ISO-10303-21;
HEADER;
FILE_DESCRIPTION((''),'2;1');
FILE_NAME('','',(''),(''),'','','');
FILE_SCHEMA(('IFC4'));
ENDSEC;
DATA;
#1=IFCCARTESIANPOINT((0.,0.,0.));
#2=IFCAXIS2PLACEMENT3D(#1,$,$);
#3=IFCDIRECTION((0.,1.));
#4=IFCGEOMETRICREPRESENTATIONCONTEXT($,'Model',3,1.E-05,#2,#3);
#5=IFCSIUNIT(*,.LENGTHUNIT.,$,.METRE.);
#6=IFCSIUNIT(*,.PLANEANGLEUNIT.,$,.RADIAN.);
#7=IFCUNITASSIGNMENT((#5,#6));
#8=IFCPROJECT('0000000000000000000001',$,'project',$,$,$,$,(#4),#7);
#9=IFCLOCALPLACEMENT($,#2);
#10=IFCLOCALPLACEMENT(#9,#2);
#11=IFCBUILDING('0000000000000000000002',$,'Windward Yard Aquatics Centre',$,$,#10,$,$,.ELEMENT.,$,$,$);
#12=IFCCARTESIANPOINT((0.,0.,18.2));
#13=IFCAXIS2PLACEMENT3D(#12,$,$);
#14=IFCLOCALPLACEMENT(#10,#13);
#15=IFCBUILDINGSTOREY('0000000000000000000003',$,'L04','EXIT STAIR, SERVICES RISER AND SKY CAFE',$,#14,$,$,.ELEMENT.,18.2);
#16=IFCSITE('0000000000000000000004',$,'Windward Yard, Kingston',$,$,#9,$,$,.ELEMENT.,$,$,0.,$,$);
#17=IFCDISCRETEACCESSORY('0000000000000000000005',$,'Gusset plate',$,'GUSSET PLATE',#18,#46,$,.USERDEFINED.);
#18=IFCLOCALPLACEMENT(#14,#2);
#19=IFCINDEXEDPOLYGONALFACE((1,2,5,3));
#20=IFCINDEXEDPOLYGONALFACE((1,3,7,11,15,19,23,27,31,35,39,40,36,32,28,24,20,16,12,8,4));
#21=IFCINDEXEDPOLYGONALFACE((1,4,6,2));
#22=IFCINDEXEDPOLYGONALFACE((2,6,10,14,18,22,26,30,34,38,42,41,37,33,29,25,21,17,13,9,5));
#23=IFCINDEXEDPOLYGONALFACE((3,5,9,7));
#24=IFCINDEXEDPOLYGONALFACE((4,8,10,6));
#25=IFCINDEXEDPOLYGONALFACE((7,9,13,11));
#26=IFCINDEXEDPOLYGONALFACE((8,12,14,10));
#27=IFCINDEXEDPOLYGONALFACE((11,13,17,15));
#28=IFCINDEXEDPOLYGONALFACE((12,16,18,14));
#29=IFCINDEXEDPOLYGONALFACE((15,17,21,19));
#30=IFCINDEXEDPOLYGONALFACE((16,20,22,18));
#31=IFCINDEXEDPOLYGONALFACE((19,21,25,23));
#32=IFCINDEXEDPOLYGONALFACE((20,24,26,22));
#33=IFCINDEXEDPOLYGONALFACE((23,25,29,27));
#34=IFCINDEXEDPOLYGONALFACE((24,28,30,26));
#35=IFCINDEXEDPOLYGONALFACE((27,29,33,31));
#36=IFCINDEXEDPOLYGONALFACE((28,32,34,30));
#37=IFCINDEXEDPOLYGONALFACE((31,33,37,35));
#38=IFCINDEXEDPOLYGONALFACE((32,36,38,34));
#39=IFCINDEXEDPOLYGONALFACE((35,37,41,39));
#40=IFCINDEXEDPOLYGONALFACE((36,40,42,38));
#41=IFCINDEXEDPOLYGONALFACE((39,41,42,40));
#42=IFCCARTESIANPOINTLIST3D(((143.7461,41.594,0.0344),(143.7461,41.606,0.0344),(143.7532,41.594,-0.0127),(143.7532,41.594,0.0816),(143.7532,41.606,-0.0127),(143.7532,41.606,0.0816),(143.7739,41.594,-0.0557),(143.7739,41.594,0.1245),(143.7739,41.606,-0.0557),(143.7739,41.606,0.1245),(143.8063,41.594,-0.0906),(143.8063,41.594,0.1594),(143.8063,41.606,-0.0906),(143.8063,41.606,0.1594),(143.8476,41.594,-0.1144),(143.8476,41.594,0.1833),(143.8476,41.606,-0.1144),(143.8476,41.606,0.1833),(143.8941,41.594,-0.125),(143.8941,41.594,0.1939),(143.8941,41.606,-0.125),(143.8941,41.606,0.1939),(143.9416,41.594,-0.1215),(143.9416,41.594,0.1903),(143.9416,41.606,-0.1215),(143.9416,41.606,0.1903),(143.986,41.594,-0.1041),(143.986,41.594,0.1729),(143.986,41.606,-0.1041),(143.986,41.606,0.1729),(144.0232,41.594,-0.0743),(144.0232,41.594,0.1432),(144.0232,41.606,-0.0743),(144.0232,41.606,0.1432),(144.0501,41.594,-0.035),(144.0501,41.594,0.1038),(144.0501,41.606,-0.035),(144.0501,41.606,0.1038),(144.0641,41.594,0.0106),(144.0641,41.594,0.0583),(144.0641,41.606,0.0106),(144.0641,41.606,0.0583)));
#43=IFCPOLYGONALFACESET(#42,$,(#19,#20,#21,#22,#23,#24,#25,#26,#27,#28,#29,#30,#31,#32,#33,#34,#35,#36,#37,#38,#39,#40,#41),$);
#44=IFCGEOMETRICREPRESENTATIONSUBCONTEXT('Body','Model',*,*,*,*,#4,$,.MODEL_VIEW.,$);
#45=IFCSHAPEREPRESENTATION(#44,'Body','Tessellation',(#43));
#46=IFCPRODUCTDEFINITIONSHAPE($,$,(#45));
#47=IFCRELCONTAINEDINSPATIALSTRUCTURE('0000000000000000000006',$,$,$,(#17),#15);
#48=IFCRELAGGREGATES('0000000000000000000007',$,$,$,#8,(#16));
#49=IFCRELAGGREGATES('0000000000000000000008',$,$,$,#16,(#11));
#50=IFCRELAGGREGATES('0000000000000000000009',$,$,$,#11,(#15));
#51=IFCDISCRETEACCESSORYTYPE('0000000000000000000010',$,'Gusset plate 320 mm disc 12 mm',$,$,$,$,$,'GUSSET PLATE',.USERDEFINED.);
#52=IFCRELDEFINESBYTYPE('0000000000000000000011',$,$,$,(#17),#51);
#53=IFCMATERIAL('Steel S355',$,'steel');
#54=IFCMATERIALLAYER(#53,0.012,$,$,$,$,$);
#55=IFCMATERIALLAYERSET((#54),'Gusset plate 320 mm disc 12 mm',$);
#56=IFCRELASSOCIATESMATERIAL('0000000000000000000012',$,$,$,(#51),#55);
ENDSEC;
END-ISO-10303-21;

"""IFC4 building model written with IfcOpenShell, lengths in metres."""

from ifc_helpers import new_model, si_unit, direction, frame, origin, origin_2d, place, context, subcontext, project, spatial, circle, extrude, material, layer, layer_set, type_object, element, save


model = new_model("IFC4")

# Units and contexts
model_context = context("Model", 3, precision=1e-05, world=origin(), true_north=direction((0.0, 1.0)))
body_context = subcontext(model_context, "Body", "Model", "MODEL_VIEW")
ifc_project = project(units=[si_unit("LENGTHUNIT", "METRE"), si_unit("PLANEANGLEUNIT", "RADIAN")], contexts=[model_context])

# Site, building, storey
site_placement = place(None, origin())
site = spatial("IfcSite", under=ifc_project, at=site_placement, Name="Windward Yard, Kingston", CompositionType="ELEMENT", RefElevation=0.0)
building_placement = place(site_placement, origin())
building = spatial("IfcBuilding", under=site, at=building_placement, Name="Windward Yard Aquatics Centre", CompositionType="ELEMENT")
storey_placement = place(building_placement, frame((0.0, 0.0, 18.2)))
storey = spatial("IfcBuildingStorey", under=building, at=storey_placement, Name="L04", Description="EXIT STAIR, SERVICES RISER AND SKY CAFE", CompositionType="ELEMENT", Elevation=18.2)

# Discrete accessory
ifc_material_1 = material(Name="Steel S355", Category="steel")
ifc_layer_1 = layer(ifc_material_1, 0.012)
ifc_layer_set_1 = layer_set([ifc_layer_1], Name="Gusset plate 320 mm disc 12 mm")
discrete_accessory_type_1 = type_object("IfcDiscreteAccessoryType", Name="Gusset plate 320 mm disc 12 mm", ElementType="GUSSET PLATE", PredefinedType="USERDEFINED", material=ifc_layer_set_1)
for number, where, z_axis, x_axis, name in (
    (1, (143.906, 41.594, 0.0344), (0.0, 1.0, 0.0), (-1.0, 0.0, 0.0), "Gusset plate"),
):
    element("IfcDiscreteAccessory", number, at=place(storey_placement, frame(where, z_axis=z_axis, x_axis=x_axis)), inside=storey, type_object=discrete_accessory_type_1, Name=name, ObjectType="GUSSET PLATE", PredefinedType="USERDEFINED", context=body_context, shape_type="SweptSolid", body=[
        extrude(circle(Radius=0.1599, at=origin_2d()), origin(), (0.0, 0.0, 1.0), 0.012),
    ])

save(model, "model.ifc")
